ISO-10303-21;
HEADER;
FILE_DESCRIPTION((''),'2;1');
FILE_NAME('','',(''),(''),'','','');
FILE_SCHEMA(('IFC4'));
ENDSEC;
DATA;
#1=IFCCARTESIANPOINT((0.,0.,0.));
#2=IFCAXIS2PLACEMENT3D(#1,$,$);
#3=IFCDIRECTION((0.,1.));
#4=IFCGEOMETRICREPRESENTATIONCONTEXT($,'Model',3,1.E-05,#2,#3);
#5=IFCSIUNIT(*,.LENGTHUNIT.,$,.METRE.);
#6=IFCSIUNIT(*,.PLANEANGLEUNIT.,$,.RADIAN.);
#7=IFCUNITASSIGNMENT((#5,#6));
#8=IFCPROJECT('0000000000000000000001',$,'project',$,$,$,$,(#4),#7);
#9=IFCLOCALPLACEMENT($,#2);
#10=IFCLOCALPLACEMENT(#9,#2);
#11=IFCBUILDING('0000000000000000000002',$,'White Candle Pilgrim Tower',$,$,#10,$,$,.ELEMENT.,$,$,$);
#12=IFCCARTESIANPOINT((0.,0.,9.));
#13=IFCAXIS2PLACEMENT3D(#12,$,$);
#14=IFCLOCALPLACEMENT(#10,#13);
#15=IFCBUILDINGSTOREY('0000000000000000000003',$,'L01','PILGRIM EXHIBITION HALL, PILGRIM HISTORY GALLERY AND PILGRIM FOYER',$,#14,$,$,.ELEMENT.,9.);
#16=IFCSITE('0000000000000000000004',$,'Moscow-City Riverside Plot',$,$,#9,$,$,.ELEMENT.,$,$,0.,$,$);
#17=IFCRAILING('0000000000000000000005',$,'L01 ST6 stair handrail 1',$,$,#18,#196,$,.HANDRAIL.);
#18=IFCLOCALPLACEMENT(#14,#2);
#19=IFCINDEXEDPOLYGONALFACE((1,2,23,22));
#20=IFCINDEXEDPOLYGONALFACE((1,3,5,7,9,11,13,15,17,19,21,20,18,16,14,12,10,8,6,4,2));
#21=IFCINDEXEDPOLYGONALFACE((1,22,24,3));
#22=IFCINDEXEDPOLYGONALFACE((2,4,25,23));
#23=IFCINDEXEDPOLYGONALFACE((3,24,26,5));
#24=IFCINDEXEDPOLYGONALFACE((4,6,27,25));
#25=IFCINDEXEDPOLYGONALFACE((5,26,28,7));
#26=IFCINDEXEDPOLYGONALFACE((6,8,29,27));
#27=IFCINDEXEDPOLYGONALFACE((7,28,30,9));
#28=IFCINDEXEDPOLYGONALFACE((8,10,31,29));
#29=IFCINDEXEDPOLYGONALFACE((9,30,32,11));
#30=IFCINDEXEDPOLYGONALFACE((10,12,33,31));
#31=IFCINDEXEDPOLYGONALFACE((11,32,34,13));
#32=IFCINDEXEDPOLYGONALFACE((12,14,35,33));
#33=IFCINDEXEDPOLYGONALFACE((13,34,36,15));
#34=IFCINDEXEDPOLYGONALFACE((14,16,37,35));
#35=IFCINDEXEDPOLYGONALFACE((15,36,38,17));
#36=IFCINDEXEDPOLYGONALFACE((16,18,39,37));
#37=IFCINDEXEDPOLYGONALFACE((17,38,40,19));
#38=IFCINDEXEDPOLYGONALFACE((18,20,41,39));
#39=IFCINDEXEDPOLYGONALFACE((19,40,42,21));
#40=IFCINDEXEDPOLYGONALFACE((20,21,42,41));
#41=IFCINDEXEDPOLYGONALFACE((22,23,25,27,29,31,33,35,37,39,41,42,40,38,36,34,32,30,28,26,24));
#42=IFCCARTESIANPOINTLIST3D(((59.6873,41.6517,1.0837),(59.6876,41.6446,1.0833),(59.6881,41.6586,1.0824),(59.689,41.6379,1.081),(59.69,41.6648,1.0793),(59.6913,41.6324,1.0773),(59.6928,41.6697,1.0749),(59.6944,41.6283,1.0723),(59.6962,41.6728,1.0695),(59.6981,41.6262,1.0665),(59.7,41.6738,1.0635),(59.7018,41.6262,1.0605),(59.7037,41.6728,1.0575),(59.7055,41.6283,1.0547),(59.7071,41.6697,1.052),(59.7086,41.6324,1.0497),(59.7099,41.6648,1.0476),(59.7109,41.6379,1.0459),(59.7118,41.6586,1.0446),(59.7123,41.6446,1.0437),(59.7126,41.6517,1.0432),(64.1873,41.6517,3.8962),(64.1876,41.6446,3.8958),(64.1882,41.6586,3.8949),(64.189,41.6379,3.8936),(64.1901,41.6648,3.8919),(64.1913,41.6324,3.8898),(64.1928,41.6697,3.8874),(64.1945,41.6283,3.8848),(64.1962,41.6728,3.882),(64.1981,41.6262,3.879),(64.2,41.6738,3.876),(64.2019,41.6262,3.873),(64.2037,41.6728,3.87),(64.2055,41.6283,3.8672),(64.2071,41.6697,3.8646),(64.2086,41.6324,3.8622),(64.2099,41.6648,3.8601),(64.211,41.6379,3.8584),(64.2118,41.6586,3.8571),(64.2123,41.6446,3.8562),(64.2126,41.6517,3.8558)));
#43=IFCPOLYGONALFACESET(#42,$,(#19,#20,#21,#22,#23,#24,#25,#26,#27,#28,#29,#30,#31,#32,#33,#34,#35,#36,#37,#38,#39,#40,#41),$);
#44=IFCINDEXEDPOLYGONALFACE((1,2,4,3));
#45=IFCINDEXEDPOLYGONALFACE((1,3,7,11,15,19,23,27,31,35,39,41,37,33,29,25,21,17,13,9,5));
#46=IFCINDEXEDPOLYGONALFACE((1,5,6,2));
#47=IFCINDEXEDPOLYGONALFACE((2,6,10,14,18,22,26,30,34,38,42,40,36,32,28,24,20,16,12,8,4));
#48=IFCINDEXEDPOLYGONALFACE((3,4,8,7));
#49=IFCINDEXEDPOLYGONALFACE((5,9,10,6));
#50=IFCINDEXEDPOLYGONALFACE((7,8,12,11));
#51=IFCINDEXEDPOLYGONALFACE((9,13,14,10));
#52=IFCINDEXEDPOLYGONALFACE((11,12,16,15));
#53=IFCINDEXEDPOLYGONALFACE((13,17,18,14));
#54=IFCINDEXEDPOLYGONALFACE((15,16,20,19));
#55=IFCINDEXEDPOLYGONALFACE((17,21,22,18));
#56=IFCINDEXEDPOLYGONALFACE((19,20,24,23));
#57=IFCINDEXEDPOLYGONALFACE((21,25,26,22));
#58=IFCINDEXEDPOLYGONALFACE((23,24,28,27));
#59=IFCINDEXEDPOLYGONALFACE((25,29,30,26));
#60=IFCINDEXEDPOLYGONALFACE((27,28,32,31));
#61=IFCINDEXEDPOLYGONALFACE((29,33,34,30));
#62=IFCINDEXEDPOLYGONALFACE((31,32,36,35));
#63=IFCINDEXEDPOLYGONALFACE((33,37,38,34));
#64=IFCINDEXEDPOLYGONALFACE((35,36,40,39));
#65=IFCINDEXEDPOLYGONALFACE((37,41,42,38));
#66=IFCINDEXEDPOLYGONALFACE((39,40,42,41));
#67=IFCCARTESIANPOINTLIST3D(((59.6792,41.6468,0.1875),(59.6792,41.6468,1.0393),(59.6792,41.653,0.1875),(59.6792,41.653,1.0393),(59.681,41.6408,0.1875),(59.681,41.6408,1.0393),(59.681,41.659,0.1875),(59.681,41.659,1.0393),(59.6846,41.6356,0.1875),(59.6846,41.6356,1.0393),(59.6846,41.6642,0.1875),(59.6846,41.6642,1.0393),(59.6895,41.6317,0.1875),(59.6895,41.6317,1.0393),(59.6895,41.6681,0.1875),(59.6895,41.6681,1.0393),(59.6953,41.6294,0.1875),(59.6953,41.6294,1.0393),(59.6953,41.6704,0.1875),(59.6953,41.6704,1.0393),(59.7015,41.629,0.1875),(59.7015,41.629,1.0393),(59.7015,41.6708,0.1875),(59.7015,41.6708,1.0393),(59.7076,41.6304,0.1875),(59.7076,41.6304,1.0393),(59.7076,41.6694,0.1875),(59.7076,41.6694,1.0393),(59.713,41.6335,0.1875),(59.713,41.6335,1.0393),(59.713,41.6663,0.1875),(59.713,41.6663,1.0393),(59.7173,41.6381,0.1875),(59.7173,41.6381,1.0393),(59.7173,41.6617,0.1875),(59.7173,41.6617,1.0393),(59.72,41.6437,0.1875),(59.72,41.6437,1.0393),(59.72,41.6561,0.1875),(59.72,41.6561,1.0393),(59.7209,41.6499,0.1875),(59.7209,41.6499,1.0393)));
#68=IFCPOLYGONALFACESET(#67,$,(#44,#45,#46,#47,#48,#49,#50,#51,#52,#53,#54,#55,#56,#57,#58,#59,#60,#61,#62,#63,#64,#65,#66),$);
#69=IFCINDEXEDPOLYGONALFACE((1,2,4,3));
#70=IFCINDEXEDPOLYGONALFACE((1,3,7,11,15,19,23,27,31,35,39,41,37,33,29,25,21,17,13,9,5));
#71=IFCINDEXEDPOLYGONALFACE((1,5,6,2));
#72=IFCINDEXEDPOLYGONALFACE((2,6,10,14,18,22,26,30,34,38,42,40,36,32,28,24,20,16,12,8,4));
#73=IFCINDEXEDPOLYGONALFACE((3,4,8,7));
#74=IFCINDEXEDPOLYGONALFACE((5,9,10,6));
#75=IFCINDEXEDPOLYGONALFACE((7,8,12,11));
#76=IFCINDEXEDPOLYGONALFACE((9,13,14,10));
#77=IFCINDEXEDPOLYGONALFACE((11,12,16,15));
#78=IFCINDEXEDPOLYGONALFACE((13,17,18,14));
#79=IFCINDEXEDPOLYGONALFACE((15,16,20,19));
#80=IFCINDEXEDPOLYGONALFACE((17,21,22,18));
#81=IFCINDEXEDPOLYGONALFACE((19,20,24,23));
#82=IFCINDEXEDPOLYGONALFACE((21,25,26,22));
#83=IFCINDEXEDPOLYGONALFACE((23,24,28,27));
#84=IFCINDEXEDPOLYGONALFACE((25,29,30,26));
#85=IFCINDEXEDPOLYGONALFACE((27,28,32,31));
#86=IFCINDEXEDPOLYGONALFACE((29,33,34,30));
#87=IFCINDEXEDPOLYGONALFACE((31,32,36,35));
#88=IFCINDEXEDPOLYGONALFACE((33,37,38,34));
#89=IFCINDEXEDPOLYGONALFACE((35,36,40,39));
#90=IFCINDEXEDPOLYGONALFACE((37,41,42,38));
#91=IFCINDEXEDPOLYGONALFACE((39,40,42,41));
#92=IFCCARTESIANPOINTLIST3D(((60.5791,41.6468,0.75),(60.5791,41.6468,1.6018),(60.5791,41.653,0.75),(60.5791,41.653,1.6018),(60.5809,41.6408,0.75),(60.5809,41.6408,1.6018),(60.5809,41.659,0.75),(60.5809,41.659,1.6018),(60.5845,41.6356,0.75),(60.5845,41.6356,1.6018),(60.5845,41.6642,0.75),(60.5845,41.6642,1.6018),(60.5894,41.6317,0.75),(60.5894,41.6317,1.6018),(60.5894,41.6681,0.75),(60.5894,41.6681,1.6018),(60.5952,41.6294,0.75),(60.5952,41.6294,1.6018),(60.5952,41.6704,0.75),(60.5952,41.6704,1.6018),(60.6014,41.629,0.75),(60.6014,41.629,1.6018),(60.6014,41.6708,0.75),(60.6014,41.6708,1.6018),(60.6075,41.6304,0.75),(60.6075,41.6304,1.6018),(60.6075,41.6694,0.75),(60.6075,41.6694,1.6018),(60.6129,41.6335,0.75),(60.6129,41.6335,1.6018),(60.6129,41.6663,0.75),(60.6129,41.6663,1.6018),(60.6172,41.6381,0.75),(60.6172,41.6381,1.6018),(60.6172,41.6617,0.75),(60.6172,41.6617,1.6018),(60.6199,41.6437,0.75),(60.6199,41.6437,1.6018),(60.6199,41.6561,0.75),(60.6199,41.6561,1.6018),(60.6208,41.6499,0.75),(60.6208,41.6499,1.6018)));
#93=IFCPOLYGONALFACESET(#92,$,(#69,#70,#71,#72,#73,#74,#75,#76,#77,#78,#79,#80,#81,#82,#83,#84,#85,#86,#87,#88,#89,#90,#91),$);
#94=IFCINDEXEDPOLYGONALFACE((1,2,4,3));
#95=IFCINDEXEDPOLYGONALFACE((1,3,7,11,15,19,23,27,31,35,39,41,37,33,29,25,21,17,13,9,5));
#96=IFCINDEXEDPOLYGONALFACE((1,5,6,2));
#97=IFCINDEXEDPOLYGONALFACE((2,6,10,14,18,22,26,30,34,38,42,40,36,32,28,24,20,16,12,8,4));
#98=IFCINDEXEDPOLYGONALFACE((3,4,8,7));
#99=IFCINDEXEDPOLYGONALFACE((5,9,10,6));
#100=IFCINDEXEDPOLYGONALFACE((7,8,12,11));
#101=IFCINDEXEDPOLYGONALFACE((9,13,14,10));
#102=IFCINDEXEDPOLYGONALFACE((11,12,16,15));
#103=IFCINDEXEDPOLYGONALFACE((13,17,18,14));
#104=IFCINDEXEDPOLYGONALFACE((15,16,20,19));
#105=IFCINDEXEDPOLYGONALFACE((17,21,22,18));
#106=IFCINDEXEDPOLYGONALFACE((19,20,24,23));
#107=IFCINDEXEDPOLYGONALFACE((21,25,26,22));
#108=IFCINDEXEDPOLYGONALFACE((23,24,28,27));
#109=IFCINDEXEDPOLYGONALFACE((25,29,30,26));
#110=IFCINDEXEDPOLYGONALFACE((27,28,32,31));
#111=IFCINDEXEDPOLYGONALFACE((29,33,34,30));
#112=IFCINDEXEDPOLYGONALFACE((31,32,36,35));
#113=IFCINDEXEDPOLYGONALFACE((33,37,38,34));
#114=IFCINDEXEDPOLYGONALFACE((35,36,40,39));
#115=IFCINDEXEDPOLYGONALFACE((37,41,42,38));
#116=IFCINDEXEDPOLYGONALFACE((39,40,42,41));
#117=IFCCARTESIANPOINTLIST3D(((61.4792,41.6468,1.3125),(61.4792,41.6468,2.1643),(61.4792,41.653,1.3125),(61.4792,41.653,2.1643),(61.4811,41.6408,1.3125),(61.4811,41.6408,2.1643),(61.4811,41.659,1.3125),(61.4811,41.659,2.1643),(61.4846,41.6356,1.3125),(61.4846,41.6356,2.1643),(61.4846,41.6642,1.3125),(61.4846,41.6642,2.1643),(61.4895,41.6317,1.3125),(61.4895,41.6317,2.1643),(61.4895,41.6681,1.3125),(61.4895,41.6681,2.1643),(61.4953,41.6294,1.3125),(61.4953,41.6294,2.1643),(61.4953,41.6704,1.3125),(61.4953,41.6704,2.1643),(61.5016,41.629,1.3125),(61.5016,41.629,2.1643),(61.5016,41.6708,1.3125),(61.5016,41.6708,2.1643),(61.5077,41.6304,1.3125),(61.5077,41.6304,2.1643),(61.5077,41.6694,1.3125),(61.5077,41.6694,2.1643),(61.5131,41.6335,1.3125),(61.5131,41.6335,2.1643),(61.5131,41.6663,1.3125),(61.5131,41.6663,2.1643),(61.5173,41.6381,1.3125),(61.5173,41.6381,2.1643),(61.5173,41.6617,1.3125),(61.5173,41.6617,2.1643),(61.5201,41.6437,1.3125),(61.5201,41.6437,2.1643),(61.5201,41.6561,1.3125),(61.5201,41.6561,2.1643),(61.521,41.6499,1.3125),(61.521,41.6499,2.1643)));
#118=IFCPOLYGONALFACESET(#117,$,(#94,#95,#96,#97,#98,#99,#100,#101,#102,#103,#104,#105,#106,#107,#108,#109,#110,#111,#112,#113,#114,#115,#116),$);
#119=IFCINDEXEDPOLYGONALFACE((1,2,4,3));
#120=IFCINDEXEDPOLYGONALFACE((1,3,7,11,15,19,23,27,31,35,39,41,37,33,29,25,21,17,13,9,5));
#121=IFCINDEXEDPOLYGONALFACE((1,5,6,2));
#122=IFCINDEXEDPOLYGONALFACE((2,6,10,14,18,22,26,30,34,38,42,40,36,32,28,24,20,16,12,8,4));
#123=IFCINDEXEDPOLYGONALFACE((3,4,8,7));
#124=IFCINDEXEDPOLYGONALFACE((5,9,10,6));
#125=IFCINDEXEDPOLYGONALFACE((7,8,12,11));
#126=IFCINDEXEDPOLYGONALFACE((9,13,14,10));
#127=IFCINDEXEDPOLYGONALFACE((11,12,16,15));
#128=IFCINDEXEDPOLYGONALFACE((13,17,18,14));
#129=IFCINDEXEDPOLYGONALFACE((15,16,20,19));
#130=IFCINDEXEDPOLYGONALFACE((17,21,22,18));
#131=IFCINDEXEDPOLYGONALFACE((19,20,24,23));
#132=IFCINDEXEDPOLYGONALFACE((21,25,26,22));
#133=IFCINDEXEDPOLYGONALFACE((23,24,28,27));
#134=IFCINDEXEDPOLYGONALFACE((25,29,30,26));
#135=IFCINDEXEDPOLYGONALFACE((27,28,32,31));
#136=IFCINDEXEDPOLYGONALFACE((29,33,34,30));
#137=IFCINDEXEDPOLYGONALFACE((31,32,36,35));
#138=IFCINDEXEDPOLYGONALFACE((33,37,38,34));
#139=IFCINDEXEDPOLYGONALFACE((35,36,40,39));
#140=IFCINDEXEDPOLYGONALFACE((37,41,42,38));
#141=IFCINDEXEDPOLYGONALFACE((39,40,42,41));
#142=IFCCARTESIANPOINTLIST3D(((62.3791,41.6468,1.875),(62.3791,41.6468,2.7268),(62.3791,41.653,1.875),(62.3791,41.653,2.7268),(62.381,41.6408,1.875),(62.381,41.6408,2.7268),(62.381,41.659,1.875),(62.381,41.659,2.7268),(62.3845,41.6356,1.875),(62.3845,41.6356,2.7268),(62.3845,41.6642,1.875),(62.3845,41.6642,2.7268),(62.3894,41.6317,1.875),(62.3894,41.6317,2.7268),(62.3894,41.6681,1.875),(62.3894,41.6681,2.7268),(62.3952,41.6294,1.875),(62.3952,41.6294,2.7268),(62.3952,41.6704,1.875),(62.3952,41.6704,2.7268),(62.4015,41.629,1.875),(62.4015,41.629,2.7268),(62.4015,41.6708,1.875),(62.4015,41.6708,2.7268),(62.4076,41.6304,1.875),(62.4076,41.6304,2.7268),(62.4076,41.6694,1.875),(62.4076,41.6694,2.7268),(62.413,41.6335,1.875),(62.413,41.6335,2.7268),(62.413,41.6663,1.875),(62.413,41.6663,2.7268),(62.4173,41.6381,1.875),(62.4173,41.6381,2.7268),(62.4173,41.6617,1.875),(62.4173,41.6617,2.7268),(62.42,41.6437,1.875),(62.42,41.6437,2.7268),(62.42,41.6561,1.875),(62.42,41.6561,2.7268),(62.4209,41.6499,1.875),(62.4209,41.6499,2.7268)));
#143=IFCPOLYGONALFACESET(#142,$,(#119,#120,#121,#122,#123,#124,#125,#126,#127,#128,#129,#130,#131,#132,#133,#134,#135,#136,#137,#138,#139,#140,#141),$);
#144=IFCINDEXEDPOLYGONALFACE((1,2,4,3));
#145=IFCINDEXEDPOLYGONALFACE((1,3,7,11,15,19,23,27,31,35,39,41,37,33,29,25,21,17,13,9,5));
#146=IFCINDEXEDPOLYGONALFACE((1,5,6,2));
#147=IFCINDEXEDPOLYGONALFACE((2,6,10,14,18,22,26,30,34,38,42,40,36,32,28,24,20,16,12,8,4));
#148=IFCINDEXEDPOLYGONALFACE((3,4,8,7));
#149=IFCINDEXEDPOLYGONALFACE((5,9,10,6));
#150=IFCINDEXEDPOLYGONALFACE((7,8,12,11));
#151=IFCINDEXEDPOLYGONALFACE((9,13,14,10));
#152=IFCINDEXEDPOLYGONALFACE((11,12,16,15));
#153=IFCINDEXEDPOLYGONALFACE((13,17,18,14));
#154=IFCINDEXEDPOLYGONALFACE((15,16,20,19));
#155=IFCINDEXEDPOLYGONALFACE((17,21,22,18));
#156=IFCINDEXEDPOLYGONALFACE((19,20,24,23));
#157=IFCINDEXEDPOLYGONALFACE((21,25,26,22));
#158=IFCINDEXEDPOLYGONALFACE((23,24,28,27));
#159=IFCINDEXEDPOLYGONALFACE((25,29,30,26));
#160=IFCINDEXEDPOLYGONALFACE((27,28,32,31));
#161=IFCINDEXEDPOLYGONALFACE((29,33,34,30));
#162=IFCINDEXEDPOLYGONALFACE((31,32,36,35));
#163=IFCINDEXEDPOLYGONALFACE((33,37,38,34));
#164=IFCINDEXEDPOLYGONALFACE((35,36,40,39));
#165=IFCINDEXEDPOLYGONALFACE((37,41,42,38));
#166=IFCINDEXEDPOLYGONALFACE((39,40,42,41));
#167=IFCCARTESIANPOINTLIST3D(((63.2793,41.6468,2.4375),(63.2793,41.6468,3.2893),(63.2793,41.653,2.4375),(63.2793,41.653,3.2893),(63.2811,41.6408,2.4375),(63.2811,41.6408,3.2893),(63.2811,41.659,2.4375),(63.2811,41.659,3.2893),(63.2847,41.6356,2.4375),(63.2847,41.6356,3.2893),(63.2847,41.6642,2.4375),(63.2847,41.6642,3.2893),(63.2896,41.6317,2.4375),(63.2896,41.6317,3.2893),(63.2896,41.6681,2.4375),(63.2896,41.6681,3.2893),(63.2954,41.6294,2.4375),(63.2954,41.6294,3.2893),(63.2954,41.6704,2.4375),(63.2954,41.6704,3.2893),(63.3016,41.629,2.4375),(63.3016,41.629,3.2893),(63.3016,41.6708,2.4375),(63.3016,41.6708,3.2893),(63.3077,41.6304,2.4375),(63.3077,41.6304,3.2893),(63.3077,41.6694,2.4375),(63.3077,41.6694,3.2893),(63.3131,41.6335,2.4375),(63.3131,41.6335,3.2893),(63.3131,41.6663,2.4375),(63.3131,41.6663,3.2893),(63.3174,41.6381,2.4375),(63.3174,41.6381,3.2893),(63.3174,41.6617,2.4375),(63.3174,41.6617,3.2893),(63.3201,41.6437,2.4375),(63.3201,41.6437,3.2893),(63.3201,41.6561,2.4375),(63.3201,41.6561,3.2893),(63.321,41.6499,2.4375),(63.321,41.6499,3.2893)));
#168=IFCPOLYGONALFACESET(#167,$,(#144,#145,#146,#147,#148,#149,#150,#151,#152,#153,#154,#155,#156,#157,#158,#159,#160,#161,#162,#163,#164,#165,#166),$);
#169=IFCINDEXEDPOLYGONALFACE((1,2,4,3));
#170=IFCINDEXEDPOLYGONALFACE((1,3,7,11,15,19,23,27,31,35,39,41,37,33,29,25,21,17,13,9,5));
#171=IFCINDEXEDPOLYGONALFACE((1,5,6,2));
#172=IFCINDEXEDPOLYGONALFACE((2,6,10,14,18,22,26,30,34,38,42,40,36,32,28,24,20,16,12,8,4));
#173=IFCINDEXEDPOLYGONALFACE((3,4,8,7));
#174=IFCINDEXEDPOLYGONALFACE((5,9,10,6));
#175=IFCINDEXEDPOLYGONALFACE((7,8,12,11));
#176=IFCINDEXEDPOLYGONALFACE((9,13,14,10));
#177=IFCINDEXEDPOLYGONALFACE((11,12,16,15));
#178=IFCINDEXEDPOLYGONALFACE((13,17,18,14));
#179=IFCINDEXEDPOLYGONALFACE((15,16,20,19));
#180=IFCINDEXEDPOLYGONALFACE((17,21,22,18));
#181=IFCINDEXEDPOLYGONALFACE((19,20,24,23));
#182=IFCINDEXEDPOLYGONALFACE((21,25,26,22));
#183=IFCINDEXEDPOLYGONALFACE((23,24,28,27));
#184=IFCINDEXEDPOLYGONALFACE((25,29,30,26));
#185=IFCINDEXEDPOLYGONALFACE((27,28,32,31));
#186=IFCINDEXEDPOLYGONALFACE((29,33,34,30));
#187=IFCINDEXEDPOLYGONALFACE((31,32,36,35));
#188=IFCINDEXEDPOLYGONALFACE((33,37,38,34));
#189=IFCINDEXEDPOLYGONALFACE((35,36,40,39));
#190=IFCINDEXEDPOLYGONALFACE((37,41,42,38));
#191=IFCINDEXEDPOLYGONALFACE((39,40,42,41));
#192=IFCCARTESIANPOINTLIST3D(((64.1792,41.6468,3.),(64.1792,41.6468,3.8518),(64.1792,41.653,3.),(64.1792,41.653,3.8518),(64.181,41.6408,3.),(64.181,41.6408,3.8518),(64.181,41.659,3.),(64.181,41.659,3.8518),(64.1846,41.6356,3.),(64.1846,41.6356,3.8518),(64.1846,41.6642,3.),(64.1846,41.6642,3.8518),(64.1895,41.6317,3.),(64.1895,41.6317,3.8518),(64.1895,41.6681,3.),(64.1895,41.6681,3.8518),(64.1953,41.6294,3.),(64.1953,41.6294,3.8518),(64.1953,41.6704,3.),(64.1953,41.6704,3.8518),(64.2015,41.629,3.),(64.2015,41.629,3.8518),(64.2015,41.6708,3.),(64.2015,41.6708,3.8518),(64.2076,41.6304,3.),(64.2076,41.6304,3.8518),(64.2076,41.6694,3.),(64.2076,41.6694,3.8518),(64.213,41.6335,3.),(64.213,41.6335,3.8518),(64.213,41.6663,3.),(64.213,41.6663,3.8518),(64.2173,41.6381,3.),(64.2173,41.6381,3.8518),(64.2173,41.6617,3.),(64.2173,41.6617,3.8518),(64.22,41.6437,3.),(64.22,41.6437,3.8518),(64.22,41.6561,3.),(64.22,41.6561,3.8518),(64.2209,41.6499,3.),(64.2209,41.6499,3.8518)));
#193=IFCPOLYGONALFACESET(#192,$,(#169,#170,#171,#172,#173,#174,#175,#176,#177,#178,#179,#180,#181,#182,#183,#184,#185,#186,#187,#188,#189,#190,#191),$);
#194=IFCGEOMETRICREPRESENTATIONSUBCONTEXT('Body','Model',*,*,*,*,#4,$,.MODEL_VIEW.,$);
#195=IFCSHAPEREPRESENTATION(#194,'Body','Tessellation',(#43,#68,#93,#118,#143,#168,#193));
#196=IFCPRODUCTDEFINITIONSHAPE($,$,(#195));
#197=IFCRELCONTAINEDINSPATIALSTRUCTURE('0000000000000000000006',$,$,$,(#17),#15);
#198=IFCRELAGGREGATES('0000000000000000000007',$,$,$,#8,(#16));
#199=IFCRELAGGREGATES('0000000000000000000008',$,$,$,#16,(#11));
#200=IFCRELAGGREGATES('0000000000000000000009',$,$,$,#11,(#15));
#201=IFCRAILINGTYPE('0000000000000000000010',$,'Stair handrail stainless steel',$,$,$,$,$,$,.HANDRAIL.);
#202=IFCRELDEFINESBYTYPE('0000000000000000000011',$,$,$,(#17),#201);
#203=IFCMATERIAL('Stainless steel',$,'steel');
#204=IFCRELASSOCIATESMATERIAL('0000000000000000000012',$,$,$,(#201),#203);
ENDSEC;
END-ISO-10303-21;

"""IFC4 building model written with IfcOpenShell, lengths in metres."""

from ifc_helpers import new_model, si_unit, direction, frame, origin, origin_2d, place, context, subcontext, project, spatial, circle, extrude, material, type_object, element, save


model = new_model("IFC4")

# Units and contexts
model_context = context("Model", 3, precision=1e-05, world=origin(), true_north=direction((0.0, 1.0)))
body_context = subcontext(model_context, "Body", "Model", "MODEL_VIEW")
ifc_project = project(units=[si_unit("LENGTHUNIT", "METRE"), si_unit("PLANEANGLEUNIT", "RADIAN")], contexts=[model_context])

# Site, building, storey
site_placement = place(None, origin())
site = spatial("IfcSite", under=ifc_project, at=site_placement, Name="Moscow-City Riverside Plot", CompositionType="ELEMENT", RefElevation=0.0)
building_placement = place(site_placement, origin())
building = spatial("IfcBuilding", under=site, at=building_placement, Name="White Candle Pilgrim Tower", CompositionType="ELEMENT")
storey_placement = place(building_placement, frame((0.0, 0.0, 9.0)))
storey = spatial("IfcBuildingStorey", under=building, at=storey_placement, Name="L01", Description="PILGRIM EXHIBITION HALL, PILGRIM HISTORY GALLERY AND PILGRIM FOYER", CompositionType="ELEMENT", Elevation=9.0)

# Railing
ifc_material_1 = material(Name="Stainless steel", Category="steel")
railing_type_1 = type_object("IfcRailingType", Name="Stair handrail stainless steel", PredefinedType="HANDRAIL", material=ifc_material_1)
railing_1_placement = place(storey_placement, frame((59.7, 41.6499, 0.1875)))
element("IfcRailing", 1, at=railing_1_placement, inside=storey, type_object=railing_type_1, Name="L01 ST6 stair handrail 1", PredefinedType="HANDRAIL", context=body_context, shape_type="SweptSolid", body=[
    extrude(circle(Radius=0.0239, at=origin_2d()), frame((0.0, 0.0, 0.876), z_axis=(0.847998, 0.0, 0.529999), x_axis=(0.0, 1.0, 0.0)), (0.0, 0.0, 1.0), 5.3066),
    extrude(circle(Radius=0.021, at=origin_2d()), origin(), (0.0, 0.0, 1.0), 0.8518),
    extrude(circle(Radius=0.021, at=origin_2d()), frame((0.8999, 0.0, 0.5625)), (0.0, 0.0, 1.0), 0.8518),
    extrude(circle(Radius=0.021, at=origin_2d()), frame((1.8, 0.0, 1.125)), (0.0, 0.0, 1.0), 0.8518),
    extrude(circle(Radius=0.021, at=origin_2d()), frame((2.7, 0.0, 1.6875)), (0.0, 0.0, 1.0), 0.8518),
    extrude(circle(Radius=0.021, at=origin_2d()), frame((3.6001, 0.0, 2.25)), (0.0, 0.0, 1.0), 0.8518),
    extrude(circle(Radius=0.021, at=origin_2d()), frame((4.5, 0.0, 2.8125)), (0.0, 0.0, 1.0), 0.8518),
])

save(model, "model.ifc")
